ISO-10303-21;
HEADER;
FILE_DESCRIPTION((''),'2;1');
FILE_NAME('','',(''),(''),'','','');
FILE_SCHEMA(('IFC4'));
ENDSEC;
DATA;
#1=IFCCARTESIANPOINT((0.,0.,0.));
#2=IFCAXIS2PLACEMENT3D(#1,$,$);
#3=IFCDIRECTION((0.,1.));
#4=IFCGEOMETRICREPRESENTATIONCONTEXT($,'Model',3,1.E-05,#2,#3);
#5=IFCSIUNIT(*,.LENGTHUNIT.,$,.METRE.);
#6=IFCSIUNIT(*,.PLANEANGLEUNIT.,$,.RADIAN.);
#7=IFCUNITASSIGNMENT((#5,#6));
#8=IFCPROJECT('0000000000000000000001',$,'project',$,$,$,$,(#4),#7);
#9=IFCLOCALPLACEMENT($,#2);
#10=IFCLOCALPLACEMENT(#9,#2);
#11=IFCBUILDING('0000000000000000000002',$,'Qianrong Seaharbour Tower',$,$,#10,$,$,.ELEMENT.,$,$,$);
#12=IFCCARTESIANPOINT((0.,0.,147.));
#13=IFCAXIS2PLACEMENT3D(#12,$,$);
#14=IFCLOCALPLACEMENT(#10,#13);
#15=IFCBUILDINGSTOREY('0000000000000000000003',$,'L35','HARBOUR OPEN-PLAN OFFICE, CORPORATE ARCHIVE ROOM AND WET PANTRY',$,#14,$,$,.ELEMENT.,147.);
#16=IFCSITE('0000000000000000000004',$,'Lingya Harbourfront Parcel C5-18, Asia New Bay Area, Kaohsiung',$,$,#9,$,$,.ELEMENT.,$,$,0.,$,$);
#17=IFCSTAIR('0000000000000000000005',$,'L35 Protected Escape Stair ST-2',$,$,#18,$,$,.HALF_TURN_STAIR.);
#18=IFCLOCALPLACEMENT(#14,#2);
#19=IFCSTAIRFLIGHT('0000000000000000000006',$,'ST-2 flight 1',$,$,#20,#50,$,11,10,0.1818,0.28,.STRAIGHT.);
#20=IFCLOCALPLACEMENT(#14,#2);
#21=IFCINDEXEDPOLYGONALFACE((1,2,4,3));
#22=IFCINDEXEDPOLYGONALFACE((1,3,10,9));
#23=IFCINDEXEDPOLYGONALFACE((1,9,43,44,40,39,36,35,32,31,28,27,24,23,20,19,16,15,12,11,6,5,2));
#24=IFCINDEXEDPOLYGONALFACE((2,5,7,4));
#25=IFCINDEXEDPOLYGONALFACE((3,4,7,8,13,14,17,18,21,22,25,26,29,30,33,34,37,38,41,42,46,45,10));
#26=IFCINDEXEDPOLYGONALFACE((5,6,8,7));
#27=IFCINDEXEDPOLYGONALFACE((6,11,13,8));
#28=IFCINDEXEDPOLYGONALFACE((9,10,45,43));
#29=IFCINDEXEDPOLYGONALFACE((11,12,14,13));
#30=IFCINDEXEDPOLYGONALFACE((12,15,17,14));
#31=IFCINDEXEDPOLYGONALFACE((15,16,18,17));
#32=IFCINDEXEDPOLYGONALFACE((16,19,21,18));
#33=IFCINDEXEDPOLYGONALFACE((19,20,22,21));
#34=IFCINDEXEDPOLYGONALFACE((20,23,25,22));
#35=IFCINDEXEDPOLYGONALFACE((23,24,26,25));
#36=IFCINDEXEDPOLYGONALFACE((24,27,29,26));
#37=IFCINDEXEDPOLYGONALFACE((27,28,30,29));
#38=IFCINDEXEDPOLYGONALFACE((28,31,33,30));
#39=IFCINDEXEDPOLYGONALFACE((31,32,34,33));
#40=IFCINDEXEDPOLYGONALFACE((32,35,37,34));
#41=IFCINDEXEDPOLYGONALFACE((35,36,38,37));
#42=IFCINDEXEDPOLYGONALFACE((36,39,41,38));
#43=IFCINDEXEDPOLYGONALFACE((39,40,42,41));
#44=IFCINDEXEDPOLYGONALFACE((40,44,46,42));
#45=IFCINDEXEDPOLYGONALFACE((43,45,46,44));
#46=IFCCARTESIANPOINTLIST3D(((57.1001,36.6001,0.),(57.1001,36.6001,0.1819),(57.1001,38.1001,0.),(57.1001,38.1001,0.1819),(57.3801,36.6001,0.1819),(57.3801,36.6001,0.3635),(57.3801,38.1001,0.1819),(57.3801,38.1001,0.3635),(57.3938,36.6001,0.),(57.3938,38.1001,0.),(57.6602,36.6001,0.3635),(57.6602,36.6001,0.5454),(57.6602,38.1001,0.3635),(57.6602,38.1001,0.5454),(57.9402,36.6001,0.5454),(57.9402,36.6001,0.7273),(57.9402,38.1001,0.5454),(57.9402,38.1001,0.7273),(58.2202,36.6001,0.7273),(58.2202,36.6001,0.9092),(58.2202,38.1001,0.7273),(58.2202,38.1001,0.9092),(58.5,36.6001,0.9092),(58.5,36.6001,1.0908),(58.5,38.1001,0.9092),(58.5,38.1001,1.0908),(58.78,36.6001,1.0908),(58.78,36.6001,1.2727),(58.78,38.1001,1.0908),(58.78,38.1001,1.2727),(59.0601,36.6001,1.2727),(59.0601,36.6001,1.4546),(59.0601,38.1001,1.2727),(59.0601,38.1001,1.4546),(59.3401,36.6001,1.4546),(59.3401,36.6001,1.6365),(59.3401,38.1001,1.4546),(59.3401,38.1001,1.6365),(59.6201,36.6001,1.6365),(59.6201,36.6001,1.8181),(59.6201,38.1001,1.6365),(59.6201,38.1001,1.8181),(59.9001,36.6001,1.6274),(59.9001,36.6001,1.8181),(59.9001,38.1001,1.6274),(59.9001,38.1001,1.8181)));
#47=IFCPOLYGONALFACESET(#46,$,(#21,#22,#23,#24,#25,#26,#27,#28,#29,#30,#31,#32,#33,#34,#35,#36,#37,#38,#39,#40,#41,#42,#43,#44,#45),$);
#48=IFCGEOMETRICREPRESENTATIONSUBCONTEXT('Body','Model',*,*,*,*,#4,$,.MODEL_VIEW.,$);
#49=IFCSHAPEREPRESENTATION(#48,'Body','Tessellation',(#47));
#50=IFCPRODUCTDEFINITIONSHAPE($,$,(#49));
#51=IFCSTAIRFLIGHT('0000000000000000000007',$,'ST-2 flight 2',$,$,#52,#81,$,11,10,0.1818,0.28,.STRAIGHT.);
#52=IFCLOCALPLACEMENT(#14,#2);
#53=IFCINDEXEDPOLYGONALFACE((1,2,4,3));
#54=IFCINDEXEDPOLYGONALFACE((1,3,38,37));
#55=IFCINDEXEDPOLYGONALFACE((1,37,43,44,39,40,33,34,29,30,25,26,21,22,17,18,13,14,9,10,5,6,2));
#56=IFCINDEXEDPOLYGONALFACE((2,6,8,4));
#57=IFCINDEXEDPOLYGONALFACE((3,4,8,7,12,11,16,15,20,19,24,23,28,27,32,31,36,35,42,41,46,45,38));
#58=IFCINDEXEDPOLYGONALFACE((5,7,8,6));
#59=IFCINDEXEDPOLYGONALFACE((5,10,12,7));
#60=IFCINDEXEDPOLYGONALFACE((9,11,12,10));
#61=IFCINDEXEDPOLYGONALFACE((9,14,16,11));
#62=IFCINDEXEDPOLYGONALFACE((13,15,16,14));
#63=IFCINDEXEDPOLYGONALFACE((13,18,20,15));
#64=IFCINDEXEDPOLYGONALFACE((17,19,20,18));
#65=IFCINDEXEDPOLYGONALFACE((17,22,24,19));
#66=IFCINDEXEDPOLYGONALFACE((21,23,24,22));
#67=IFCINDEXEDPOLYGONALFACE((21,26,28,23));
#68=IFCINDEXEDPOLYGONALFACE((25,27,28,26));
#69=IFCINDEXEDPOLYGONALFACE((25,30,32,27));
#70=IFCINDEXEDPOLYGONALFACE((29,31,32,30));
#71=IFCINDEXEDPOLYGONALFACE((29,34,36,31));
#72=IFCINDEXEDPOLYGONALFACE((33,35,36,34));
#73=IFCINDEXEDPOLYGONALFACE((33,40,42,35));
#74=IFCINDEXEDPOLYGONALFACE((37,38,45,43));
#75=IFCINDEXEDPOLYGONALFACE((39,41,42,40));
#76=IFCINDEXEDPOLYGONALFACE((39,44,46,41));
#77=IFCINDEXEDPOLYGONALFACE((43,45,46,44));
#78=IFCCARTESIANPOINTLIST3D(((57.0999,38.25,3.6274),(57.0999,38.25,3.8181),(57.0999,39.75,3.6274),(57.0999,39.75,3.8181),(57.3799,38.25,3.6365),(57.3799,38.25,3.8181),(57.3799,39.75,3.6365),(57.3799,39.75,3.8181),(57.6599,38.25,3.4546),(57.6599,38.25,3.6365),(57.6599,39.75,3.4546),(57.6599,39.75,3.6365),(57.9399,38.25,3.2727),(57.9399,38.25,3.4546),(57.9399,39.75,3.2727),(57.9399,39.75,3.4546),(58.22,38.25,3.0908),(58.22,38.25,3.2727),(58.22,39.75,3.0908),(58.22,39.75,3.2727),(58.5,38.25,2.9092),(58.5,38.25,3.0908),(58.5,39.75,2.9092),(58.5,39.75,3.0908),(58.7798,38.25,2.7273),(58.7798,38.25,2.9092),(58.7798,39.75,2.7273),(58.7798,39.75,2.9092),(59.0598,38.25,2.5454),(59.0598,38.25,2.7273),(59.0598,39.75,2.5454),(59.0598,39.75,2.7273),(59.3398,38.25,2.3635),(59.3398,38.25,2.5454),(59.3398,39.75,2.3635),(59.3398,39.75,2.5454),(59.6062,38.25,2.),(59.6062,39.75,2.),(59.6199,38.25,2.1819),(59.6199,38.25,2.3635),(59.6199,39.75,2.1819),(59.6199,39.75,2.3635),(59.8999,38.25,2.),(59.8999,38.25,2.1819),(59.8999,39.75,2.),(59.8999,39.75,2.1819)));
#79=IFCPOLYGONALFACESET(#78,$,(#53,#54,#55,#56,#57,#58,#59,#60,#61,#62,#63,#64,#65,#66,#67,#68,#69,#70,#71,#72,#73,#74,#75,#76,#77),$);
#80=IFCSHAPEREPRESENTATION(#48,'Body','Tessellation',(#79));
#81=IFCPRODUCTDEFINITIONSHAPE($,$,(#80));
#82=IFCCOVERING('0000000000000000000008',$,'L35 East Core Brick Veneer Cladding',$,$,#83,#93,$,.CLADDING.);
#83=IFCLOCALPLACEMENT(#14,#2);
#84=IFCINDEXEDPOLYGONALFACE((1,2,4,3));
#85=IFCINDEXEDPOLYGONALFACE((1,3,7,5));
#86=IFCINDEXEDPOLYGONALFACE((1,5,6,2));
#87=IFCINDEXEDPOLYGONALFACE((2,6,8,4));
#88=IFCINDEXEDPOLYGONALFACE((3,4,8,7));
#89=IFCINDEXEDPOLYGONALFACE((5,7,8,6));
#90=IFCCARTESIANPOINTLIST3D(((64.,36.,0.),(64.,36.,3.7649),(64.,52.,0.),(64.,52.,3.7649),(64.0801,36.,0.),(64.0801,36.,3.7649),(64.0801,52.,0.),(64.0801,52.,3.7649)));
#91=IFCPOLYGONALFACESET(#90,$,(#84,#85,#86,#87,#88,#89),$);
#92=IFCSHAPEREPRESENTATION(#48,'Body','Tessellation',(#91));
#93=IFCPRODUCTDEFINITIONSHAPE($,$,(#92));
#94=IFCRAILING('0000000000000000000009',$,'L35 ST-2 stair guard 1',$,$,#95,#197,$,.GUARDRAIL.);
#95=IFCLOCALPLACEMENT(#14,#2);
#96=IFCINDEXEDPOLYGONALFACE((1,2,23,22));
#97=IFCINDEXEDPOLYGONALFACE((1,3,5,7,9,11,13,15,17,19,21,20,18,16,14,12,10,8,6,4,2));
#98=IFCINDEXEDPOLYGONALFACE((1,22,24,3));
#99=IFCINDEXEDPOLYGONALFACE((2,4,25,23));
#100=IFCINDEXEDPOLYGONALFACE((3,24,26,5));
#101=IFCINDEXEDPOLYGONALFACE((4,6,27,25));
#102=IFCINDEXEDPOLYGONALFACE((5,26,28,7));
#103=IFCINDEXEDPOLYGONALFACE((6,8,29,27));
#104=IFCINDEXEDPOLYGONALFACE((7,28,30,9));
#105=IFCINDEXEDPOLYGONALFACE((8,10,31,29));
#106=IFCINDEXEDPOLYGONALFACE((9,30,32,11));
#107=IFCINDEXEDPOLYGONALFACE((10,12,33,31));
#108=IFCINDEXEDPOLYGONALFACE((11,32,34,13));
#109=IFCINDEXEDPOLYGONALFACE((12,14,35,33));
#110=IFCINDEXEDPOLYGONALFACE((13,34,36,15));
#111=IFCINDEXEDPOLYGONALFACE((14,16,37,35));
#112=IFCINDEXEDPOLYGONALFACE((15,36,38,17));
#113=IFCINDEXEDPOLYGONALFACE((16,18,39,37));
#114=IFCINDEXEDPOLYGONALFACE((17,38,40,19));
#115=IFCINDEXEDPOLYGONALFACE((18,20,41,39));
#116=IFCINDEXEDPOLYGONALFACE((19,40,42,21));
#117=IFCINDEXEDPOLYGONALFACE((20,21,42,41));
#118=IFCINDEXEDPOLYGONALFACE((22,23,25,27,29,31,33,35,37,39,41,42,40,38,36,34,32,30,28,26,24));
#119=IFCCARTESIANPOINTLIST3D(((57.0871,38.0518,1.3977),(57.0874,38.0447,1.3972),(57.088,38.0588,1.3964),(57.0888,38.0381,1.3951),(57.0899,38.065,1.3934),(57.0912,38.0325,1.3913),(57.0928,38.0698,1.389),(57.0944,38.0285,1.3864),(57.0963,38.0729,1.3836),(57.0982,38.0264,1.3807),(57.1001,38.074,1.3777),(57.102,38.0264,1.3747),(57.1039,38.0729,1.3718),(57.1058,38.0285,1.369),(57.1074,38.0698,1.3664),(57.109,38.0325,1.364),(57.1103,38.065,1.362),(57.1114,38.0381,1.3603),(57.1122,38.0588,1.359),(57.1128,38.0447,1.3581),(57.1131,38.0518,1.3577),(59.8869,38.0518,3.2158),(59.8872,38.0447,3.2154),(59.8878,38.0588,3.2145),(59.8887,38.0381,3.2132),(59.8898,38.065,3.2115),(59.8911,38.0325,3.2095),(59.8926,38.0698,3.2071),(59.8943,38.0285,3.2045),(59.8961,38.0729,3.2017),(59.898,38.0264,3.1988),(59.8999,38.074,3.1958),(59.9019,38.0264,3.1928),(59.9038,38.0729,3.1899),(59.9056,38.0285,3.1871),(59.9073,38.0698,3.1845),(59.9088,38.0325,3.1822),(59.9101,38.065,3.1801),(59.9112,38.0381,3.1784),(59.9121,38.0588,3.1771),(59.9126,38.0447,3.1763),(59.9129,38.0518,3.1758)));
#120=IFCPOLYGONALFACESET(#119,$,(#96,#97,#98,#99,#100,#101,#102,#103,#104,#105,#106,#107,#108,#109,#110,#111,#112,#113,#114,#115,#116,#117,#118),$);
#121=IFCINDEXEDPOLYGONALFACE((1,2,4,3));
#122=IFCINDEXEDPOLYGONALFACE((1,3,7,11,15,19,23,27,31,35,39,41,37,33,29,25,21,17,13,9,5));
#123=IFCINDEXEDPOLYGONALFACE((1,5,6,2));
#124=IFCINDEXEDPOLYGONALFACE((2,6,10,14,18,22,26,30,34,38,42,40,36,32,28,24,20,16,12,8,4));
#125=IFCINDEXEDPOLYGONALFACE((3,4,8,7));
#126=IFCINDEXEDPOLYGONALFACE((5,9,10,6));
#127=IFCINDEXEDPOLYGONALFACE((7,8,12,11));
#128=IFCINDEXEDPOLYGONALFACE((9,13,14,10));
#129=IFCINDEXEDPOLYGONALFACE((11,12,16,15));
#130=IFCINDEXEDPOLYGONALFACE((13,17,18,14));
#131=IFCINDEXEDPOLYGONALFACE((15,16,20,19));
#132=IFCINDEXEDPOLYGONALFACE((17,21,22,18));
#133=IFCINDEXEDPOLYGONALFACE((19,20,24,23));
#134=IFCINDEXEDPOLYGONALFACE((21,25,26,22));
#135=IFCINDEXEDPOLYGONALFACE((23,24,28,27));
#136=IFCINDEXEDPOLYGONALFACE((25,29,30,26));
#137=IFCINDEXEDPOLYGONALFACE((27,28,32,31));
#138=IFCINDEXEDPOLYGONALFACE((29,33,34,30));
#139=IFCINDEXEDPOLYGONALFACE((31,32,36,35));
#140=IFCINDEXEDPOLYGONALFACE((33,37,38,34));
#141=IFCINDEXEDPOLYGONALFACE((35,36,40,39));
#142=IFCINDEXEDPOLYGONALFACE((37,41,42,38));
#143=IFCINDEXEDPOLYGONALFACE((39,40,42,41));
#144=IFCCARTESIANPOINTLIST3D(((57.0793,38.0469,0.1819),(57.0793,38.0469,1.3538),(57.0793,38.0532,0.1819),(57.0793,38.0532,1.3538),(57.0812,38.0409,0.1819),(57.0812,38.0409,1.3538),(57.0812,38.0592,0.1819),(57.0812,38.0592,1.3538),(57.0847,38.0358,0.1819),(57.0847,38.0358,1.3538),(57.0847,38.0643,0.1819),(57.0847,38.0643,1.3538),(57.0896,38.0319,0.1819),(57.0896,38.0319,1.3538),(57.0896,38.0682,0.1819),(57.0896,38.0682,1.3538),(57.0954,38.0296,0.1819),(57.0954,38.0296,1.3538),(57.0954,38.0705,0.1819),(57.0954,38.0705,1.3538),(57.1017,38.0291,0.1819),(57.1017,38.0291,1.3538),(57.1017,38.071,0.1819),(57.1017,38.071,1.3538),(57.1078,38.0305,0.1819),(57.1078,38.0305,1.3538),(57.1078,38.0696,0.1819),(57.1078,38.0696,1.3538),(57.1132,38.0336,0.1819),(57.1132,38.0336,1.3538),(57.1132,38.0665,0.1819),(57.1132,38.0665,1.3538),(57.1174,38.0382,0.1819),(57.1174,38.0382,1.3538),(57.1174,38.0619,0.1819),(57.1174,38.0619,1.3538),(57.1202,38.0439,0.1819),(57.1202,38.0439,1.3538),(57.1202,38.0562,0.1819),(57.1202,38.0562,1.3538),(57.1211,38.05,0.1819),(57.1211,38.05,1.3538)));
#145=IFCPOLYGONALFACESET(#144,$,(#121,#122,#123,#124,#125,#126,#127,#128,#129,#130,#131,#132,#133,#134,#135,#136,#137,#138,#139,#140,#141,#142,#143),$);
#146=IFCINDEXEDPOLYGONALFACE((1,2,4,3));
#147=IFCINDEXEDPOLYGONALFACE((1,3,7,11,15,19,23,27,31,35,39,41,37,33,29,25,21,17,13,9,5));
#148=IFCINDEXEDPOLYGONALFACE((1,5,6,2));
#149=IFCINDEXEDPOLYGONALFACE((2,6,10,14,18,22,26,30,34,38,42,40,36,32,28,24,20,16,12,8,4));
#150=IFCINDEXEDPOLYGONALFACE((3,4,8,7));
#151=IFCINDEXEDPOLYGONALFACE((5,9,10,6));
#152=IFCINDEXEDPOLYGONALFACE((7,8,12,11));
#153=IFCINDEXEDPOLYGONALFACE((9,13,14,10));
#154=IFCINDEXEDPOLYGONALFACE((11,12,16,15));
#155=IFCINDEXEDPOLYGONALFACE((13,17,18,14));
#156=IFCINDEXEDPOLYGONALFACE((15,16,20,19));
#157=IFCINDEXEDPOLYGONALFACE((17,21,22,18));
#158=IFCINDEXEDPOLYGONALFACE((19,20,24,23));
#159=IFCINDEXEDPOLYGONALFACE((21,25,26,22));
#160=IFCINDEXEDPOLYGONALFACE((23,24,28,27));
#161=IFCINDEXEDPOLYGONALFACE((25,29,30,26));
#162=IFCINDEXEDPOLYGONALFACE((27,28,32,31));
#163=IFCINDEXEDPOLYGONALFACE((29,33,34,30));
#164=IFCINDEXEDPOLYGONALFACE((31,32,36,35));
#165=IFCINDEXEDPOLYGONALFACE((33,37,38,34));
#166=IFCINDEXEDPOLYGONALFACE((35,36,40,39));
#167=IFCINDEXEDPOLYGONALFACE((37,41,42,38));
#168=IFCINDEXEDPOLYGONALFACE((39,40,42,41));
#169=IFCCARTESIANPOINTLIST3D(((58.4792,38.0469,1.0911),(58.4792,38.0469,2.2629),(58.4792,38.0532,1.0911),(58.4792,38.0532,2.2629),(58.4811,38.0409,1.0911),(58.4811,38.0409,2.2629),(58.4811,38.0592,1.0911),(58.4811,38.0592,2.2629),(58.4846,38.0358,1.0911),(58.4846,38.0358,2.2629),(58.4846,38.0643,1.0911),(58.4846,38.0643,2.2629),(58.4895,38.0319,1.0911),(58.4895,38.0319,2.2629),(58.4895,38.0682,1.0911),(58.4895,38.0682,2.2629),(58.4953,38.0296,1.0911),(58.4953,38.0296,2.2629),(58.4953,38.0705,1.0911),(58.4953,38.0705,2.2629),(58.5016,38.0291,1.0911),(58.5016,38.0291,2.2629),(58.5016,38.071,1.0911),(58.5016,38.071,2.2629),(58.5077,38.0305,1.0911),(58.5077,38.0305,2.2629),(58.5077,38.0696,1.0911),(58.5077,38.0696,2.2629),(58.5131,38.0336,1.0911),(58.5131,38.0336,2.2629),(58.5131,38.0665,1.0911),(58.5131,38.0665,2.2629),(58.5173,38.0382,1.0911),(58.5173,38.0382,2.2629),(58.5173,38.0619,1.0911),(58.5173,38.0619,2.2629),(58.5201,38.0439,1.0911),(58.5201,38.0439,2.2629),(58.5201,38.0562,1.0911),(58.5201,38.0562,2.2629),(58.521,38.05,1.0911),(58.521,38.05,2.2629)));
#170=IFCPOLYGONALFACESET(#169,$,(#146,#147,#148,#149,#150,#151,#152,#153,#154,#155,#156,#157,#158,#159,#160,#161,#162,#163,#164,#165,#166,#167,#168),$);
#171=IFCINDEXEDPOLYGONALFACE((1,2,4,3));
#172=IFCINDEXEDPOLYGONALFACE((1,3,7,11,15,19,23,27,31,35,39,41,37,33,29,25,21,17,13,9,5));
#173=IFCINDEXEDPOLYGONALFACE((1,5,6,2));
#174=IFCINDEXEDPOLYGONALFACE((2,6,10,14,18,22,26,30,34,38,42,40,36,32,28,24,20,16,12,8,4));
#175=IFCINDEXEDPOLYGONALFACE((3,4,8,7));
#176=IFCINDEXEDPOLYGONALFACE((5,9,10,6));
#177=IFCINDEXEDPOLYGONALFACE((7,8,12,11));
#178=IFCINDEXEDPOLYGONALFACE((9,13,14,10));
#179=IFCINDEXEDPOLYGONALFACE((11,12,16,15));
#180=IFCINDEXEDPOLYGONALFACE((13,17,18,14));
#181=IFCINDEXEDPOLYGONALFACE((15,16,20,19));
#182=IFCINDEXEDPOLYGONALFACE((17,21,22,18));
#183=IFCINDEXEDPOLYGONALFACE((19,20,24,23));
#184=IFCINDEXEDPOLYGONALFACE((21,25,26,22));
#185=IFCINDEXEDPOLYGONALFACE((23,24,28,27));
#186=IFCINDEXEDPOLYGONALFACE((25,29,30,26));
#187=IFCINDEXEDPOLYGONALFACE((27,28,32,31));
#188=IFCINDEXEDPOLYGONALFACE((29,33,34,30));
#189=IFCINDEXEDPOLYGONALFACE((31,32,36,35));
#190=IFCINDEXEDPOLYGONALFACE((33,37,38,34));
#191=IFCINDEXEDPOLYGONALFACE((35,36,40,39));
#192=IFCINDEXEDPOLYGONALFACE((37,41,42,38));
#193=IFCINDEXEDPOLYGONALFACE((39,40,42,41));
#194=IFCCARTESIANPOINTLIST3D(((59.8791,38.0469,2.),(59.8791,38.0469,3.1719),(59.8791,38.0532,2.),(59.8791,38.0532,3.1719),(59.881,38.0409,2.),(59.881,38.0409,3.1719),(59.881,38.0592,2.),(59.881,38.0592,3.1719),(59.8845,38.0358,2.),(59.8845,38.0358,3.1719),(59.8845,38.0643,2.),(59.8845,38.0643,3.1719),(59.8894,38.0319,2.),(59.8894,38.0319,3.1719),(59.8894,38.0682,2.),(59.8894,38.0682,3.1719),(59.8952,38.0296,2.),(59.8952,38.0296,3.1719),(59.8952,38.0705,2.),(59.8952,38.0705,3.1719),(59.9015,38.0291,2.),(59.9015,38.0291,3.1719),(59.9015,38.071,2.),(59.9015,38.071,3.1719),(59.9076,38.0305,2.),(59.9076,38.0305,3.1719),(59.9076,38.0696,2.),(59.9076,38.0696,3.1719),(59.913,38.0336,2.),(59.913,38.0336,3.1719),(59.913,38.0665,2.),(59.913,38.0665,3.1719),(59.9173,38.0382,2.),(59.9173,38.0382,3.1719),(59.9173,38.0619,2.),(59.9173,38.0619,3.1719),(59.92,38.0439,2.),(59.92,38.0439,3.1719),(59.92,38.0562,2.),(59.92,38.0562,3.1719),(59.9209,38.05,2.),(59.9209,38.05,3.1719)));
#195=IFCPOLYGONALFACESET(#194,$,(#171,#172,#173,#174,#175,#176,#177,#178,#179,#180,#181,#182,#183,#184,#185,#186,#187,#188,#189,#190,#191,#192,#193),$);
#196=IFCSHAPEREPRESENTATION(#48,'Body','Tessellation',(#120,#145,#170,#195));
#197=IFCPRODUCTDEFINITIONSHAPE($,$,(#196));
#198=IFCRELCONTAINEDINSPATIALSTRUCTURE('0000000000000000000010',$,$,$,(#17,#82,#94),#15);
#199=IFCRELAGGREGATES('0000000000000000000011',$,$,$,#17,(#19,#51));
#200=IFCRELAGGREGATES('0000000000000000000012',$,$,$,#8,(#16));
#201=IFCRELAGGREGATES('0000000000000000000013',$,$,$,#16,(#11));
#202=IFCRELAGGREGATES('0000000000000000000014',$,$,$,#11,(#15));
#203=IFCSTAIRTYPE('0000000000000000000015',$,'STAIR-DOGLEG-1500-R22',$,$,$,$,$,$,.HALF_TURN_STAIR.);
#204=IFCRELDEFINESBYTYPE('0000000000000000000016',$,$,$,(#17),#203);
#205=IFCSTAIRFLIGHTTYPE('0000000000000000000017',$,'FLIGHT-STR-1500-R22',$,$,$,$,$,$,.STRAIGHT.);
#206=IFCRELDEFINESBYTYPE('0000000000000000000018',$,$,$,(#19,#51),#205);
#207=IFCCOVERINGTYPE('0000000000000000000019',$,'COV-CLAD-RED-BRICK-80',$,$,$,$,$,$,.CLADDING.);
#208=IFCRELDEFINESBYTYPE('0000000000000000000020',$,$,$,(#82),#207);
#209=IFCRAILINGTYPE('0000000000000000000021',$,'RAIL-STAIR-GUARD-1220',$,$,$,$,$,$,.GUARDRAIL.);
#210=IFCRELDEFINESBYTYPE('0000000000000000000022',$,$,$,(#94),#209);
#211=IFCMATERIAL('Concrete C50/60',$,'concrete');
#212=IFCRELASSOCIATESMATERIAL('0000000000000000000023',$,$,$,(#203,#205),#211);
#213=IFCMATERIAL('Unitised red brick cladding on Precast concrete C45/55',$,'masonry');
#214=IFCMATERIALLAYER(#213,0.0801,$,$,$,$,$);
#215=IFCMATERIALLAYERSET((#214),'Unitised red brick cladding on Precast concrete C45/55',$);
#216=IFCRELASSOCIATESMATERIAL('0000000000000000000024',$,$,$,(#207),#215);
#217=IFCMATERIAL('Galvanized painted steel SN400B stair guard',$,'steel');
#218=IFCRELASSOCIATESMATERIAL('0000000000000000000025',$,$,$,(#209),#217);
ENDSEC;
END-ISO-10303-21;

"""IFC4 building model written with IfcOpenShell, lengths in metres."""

from ifc_helpers import new_model, si_unit, direction, frame, origin, origin_2d, place, context, subcontext, project, spatial, polyline, rectangle, circle, outline, extrude, material, layer, layer_set, type_object, element, aggregate, save


model = new_model("IFC4")

# Units and contexts
model_context = context("Model", 3, precision=1e-05, world=origin(), true_north=direction((0.0, 1.0)))
body_context = subcontext(model_context, "Body", "Model", "MODEL_VIEW")
ifc_project = project(units=[si_unit("LENGTHUNIT", "METRE"), si_unit("PLANEANGLEUNIT", "RADIAN")], contexts=[model_context])

# Site, building, storey
site_placement = place(None, origin())
site = spatial("IfcSite", under=ifc_project, at=site_placement, Name="Lingya Harbourfront Parcel C5-18, Asia New Bay Area, Kaohsiung", CompositionType="ELEMENT", RefElevation=0.0)
building_placement = place(site_placement, origin())
building = spatial("IfcBuilding", under=site, at=building_placement, Name="Qianrong Seaharbour Tower", CompositionType="ELEMENT")
storey_placement = place(building_placement, frame((0.0, 0.0, 147.0)))
storey = spatial("IfcBuildingStorey", under=building, at=storey_placement, Name="L35", Description="HARBOUR OPEN-PLAN OFFICE, CORPORATE ARCHIVE ROOM AND WET PANTRY", CompositionType="ELEMENT", Elevation=147.0)

# Shared definitions
ifc_material_1 = material(Name="Concrete C50/60", Category="concrete")

# Stair, stair flights
stair_type = type_object("IfcStairType", Name="STAIR-DOGLEG-1500-R22", PredefinedType="HALF_TURN_STAIR", material=ifc_material_1)
stair_placement = place(storey_placement, origin())
stair = element("IfcStair", 1, at=stair_placement, inside=storey, type_object=stair_type, Name="L35 Protected Escape Stair ST-2", PredefinedType="HALF_TURN_STAIR")
stair_flight_type = type_object("IfcStairFlightType", Name="FLIGHT-STR-1500-R22", PredefinedType="STRAIGHT", material=ifc_material_1)
stair_flight_1_placement = place(storey_placement, frame((57.1001, 37.3501, 0.0), z_axis=(0.0, 0.0, 1.0), x_axis=(1.0, 0.0, 0.0)))
stair_flight_1 = element("IfcStairFlight", 2, at=stair_flight_1_placement, type_object=stair_flight_type, Name="ST-2 flight 1", NumberOfRisers=11, NumberOfTreads=10, PredefinedType="STRAIGHT", RiserHeight=0.1818, TreadLength=0.28, context=body_context, shape_type="SweptSolid", body=[
    extrude(outline(polyline([(0.0, 0.0), (0.0, 0.1819), (0.28, 0.1819), (0.28, 0.3635), (0.5601, 0.3635), (0.5601, 0.5454), (0.8401, 0.5454), (0.8401, 0.7273), (1.1201, 0.7273), (1.1201, 0.9092), (1.3999, 0.9092), (1.3999, 1.0908), (1.6799, 1.0908), (1.6799, 1.2727), (1.96, 1.2727), (1.96, 1.4546), (2.24, 1.4546), (2.24, 1.6365), (2.52, 1.6365), (2.52, 1.8181), (2.8, 1.8181), (2.8, 2.0), (2.8, 1.6274), (0.2937, 0.0), (0.0, 0.0)])), frame((0.0, 0.75, 0.0), z_axis=(0.0, -1.0, 0.0), x_axis=(1.0, 0.0, 0.0)), (0.0, 0.0, 1.0), 1.5),
])
stair_flight_2_placement = place(storey_placement, frame((59.8999, 39.0, 2.0), z_axis=(0.0, 0.0, 1.0), x_axis=(-1.0, 0.0, 0.0)))
stair_flight_2 = element("IfcStairFlight", 3, at=stair_flight_2_placement, type_object=stair_flight_type, Name="ST-2 flight 2", NumberOfRisers=11, NumberOfTreads=10, PredefinedType="STRAIGHT", RiserHeight=0.1818, TreadLength=0.28, context=body_context, shape_type="SweptSolid", body=[
    extrude(outline(polyline([(0.0, 0.0), (0.0, 0.1819), (0.28, 0.1819), (0.28, 0.3635), (0.5601, 0.3635), (0.5601, 0.5454), (0.8401, 0.5454), (0.8401, 0.7273), (1.1201, 0.7273), (1.1201, 0.9092), (1.3999, 0.9092), (1.3999, 1.0908), (1.6799, 1.0908), (1.6799, 1.2727), (1.96, 1.2727), (1.96, 1.4546), (2.24, 1.4546), (2.24, 1.6365), (2.52, 1.6365), (2.52, 1.8181), (2.8, 1.8181), (2.8, 2.0), (2.8, 1.6274), (0.2937, 0.0), (0.0, 0.0)])), frame((0.0, 0.75, 0.0), z_axis=(0.0, -1.0, 0.0), x_axis=(1.0, 0.0, 0.0)), (0.0, 0.0, 1.0), 1.5),
])
aggregate(stair, [stair_flight_1, stair_flight_2])

# Covering
ifc_material_2 = material(Name="Unitised red brick cladding on Precast concrete C45/55", Category="masonry")
ifc_layer_1 = layer(ifc_material_2, 0.0801)
ifc_layer_set_1 = layer_set([ifc_layer_1], Name="Unitised red brick cladding on Precast concrete C45/55")
covering_type = type_object("IfcCoveringType", Name="COV-CLAD-RED-BRICK-80", PredefinedType="CLADDING", material=ifc_layer_set_1)
covering_placement = place(storey_placement, frame((64.04, 44.0, 0.0), z_axis=(0.0, 0.0, 1.0), x_axis=(1.0, 0.0, 0.0)))
element("IfcCovering", 4, at=covering_placement, inside=storey, type_object=covering_type, Name="L35 East Core Brick Veneer Cladding", PredefinedType="CLADDING", context=body_context, shape_type="SweptSolid", body=[
    extrude(rectangle(XDim=0.0801, YDim=16.0, at=origin_2d()), origin(), (0.0, 0.0, 1.0), 3.7649),
])

# Railing
ifc_material_3 = material(Name="Galvanized painted steel SN400B stair guard", Category="steel")
railing_type_1 = type_object("IfcRailingType", Name="RAIL-STAIR-GUARD-1220", PredefinedType="GUARDRAIL", material=ifc_material_3)
railing_1_placement = place(storey_placement, frame((57.1001, 38.05, 0.1819)))
element("IfcRailing", 5, at=railing_1_placement, inside=storey, type_object=railing_type_1, Name="L35 ST-2 stair guard 1", PredefinedType="GUARDRAIL", context=body_context, shape_type="SweptSolid", body=[
    extrude(circle(Radius=0.0239, at=origin_2d()), frame((0.0, 0.0, 1.1958), z_axis=(0.838684, 0.0, 0.544618), x_axis=(0.0, 1.0, 0.0)), (0.0, 0.0, 1.0), 3.3384),
    extrude(circle(Radius=0.021, at=origin_2d()), origin(), (0.0, 0.0, 1.0), 1.1719),
    extrude(circle(Radius=0.021, at=origin_2d()), frame((1.3999, 0.0, 0.9092)), (0.0, 0.0, 1.0), 1.1719),
    extrude(circle(Radius=0.021, at=origin_2d()), frame((2.7998, 0.0, 1.8181)), (0.0, 0.0, 1.0), 1.1719),
])

save(model, "model.ifc")
